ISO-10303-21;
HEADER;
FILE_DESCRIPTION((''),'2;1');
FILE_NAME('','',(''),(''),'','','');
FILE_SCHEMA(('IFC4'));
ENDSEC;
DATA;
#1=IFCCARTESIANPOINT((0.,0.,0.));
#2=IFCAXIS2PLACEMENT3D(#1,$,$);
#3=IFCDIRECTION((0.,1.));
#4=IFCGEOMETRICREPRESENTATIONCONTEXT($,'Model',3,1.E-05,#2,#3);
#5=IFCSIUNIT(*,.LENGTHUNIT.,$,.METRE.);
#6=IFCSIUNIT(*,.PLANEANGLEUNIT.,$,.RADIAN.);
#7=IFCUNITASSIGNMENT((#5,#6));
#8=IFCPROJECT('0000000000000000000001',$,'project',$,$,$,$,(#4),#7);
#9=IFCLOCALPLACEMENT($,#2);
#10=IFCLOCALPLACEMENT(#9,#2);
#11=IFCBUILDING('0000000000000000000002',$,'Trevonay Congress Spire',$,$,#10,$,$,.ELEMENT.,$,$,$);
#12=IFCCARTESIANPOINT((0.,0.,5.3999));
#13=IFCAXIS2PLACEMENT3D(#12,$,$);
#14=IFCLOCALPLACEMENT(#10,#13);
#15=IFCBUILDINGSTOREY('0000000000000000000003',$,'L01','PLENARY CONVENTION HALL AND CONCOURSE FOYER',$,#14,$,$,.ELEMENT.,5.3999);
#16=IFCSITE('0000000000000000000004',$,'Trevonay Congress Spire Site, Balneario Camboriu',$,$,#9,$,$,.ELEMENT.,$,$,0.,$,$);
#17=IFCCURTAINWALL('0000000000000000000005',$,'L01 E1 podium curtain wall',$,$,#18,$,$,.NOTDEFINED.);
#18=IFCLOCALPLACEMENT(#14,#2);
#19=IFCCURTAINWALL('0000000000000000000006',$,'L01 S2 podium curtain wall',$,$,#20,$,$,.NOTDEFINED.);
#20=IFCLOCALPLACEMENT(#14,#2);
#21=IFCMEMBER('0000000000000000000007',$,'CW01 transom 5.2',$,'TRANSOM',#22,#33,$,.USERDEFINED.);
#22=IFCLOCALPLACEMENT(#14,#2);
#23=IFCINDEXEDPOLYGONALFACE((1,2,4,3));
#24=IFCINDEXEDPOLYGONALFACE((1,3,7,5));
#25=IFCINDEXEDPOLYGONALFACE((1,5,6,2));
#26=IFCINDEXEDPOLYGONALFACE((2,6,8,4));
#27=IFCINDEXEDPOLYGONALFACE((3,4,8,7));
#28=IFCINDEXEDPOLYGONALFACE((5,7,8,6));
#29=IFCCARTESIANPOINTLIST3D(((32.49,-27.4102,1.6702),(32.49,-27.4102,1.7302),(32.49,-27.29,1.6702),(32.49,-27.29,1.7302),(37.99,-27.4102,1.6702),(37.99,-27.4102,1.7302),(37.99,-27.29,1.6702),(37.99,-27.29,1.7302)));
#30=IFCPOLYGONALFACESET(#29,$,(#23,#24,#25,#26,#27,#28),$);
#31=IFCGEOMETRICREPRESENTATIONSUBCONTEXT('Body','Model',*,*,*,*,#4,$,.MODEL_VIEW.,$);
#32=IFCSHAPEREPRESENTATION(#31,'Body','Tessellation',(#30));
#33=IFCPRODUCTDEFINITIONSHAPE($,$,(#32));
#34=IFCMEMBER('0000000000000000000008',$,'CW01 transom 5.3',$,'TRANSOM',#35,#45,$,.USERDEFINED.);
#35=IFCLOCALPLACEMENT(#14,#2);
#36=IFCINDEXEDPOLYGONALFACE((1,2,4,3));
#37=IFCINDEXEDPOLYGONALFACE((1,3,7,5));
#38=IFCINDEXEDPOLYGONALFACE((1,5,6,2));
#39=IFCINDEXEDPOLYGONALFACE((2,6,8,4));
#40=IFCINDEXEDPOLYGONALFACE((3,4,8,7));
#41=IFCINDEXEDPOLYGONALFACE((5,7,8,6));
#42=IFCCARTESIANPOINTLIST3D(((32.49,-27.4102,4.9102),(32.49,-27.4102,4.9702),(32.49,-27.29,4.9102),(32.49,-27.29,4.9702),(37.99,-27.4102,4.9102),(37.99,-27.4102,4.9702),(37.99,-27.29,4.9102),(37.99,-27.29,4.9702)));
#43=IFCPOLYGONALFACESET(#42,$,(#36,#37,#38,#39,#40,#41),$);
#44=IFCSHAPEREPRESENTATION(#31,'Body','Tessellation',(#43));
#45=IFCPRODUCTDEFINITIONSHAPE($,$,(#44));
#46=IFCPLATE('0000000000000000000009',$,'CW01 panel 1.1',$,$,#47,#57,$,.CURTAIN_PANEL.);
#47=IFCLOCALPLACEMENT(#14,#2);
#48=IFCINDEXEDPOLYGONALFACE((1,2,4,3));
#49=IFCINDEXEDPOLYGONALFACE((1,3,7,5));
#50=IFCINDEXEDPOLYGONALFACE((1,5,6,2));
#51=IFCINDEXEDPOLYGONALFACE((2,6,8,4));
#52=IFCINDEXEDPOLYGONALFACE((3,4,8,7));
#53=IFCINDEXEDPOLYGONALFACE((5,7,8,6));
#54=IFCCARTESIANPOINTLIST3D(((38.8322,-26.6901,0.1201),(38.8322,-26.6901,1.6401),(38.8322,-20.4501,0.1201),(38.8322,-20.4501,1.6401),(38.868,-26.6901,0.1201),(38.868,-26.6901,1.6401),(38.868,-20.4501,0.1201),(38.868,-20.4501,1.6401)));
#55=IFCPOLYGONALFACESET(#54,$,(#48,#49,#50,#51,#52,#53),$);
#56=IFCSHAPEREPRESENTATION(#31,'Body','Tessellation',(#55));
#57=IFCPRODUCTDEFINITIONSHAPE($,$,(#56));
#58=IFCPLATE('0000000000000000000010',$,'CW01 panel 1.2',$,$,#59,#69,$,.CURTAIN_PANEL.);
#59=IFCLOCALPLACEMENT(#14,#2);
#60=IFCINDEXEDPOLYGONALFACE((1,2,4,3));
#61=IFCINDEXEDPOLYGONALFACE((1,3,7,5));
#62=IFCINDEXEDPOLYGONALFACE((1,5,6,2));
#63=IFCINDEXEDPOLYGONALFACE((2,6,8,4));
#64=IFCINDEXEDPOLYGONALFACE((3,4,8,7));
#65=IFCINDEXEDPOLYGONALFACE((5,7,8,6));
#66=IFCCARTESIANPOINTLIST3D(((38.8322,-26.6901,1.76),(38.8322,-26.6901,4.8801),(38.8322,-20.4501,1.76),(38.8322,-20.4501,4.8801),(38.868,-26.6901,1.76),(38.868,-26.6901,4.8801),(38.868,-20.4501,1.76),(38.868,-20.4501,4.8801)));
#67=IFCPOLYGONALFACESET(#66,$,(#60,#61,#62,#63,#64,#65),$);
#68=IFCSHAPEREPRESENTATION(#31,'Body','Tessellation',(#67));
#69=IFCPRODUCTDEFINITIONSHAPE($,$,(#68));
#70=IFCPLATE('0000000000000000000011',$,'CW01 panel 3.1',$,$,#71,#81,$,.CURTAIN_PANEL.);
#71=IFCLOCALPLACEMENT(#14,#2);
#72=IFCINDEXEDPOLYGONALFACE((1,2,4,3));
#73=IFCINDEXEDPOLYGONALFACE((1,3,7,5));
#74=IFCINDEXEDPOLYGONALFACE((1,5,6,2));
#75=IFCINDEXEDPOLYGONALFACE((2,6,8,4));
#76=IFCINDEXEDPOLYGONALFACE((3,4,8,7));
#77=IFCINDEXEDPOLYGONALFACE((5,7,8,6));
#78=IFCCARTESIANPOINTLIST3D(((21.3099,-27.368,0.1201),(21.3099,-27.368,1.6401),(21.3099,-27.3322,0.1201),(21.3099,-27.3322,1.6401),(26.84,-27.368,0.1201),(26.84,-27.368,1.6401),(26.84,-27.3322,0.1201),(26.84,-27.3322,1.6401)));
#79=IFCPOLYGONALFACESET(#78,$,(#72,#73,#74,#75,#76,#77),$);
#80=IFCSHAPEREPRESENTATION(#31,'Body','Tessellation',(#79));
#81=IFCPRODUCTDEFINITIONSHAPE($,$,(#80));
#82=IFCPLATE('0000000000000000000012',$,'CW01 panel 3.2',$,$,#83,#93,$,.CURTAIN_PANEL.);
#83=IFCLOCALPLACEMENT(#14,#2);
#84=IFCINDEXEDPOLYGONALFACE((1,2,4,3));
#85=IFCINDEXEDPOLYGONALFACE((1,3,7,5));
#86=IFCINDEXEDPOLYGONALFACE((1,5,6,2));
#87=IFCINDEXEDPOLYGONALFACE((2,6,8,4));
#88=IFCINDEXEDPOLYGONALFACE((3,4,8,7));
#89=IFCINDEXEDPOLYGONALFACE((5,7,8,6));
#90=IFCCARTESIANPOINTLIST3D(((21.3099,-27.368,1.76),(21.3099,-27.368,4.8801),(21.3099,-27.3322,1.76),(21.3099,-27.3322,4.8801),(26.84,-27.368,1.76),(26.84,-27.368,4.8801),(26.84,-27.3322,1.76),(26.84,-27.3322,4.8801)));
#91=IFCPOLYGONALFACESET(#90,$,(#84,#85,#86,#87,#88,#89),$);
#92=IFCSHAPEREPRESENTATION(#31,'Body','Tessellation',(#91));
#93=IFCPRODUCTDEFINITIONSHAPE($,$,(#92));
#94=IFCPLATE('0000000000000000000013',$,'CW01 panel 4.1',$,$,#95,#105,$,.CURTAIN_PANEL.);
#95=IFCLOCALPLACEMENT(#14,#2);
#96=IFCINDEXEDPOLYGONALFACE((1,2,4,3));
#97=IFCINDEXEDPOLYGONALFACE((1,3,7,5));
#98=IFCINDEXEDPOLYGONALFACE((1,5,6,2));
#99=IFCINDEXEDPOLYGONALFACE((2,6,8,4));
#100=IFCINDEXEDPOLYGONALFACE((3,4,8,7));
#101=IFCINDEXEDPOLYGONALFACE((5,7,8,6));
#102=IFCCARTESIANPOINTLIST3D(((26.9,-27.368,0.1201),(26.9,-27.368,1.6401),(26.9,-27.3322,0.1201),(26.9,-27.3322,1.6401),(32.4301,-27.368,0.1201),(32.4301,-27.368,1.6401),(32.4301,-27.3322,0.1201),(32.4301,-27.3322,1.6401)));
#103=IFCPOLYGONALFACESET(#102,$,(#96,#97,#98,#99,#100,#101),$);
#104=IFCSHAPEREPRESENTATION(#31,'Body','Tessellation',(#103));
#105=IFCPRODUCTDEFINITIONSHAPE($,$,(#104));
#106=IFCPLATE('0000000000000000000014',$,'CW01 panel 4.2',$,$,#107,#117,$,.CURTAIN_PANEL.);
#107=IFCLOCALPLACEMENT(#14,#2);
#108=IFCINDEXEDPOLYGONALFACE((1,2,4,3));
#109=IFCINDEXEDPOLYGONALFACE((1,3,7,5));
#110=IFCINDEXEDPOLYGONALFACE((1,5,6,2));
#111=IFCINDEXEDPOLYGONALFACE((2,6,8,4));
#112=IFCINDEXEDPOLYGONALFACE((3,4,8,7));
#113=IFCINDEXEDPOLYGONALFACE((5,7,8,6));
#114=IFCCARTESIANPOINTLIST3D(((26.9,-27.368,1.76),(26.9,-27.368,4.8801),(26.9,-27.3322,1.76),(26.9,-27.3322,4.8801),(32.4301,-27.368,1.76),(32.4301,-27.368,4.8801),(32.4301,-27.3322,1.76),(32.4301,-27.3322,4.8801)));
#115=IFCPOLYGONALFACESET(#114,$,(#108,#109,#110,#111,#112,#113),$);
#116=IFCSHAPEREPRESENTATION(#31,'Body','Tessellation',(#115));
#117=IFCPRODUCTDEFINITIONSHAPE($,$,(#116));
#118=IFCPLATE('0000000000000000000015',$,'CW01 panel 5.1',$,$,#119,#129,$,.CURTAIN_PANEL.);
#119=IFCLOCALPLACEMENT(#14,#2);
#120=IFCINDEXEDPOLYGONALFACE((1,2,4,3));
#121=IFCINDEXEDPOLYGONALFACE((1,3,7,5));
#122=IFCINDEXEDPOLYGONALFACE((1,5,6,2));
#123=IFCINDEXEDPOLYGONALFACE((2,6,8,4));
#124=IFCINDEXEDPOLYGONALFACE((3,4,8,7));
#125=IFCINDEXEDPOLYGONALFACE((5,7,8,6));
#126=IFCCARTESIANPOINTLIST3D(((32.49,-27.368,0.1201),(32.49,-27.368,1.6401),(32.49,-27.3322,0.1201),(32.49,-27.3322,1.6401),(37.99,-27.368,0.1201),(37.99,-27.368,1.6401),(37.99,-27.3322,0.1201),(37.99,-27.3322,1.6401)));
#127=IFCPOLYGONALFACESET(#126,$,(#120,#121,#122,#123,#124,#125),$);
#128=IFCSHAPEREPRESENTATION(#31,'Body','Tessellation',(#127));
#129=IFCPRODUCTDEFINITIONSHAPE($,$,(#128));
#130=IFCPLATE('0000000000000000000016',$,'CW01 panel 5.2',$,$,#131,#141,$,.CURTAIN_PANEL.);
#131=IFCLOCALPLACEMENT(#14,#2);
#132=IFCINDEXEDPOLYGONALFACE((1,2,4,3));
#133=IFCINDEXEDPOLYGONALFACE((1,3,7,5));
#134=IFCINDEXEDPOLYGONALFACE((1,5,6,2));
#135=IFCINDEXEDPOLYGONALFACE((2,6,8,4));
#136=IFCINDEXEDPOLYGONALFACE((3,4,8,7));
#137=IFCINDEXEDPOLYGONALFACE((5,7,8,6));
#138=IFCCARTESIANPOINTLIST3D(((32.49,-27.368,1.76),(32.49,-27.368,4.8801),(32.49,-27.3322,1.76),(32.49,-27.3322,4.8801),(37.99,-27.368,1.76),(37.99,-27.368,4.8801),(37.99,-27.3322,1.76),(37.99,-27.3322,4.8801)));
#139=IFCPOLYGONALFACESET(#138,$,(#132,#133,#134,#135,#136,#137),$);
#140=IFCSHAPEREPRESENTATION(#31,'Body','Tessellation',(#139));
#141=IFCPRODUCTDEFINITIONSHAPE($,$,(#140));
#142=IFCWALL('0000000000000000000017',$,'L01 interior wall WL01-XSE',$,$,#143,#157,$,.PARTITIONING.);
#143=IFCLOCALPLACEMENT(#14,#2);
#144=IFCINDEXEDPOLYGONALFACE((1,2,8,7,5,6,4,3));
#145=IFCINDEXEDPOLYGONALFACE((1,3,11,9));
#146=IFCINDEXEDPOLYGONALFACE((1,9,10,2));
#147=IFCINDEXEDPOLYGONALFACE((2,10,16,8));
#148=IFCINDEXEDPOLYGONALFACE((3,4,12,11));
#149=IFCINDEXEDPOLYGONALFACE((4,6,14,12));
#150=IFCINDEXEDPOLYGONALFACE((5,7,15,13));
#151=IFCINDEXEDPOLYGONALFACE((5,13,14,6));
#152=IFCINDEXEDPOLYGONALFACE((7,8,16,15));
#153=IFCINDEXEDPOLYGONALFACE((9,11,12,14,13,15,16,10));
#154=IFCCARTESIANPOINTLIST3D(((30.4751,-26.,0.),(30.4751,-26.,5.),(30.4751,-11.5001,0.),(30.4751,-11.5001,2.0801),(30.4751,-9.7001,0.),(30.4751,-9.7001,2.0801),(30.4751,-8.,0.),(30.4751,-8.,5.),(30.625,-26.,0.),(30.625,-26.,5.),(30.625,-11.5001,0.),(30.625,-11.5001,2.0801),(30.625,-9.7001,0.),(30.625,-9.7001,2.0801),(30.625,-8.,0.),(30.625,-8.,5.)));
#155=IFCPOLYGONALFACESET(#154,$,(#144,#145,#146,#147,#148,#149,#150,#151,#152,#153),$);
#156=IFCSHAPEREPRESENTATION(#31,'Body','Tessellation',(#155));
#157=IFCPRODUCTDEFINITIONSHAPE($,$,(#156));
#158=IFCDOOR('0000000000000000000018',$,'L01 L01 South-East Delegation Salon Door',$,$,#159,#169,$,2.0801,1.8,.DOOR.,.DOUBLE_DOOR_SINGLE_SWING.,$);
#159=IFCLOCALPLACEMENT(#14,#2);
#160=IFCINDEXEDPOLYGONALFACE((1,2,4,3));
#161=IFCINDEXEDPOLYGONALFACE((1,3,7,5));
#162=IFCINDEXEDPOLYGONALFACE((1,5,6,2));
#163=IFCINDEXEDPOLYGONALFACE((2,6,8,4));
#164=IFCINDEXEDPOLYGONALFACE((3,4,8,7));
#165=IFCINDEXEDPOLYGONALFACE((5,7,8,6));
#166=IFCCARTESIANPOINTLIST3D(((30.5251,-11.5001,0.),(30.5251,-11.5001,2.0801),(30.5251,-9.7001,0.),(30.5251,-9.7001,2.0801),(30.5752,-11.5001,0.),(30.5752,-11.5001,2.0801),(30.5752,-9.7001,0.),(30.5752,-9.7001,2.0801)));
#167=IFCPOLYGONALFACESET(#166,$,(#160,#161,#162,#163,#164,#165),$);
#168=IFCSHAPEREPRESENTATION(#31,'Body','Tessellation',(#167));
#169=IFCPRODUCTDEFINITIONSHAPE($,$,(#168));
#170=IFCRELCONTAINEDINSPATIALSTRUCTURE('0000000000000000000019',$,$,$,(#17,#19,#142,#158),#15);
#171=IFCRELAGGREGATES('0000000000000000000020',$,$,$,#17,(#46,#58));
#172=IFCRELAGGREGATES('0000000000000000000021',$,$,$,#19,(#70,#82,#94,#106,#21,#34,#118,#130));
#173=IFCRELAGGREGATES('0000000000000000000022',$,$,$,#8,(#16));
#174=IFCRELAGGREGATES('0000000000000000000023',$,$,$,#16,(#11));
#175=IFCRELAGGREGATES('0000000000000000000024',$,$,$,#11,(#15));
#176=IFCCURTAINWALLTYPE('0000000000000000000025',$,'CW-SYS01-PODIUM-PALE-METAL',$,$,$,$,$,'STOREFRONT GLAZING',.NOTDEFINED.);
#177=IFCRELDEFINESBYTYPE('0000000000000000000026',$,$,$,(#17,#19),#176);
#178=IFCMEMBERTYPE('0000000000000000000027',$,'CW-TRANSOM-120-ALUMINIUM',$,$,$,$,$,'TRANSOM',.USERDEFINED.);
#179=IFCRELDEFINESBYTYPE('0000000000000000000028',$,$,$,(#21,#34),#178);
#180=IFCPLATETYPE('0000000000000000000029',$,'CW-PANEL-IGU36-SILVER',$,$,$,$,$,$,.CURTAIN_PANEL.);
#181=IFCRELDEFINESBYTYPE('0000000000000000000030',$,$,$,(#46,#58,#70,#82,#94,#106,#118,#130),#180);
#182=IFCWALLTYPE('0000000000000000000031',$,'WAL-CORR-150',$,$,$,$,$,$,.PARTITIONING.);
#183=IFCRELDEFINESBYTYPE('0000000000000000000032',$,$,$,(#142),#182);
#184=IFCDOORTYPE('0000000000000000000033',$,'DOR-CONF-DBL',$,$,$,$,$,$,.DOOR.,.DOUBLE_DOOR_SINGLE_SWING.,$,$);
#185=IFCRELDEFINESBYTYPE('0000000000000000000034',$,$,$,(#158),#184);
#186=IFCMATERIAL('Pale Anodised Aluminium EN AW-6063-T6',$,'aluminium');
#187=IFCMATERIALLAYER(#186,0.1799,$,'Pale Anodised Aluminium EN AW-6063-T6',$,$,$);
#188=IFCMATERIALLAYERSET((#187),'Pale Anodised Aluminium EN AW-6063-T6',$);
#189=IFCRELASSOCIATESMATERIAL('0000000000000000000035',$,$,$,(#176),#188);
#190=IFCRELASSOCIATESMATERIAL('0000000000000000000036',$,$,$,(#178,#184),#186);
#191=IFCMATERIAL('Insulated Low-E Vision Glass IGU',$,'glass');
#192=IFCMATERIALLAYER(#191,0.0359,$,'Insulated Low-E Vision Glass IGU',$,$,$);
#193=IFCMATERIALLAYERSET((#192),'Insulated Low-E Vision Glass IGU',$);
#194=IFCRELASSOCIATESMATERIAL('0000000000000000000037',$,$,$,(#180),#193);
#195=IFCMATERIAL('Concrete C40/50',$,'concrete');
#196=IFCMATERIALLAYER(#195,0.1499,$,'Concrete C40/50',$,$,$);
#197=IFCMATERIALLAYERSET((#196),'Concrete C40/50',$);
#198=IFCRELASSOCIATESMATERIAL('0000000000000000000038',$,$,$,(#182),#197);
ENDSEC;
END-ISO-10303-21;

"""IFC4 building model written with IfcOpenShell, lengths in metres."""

from ifc_helpers import new_model, si_unit, direction, frame, frame_2d, origin, origin_2d, place, context, subcontext, project, spatial, rectangle, extrude, material, layer, layer_set, material_profile, profile_set, type_object, element, fill, aggregate, save


model = new_model("IFC4")

# Units and contexts
model_context = context("Model", 3, precision=1e-05, world=origin(), true_north=direction((0.0, 1.0)))
body_context = subcontext(model_context, "Body", "Model", "MODEL_VIEW")
ifc_project = project(units=[si_unit("LENGTHUNIT", "METRE"), si_unit("PLANEANGLEUNIT", "RADIAN")], contexts=[model_context])

# Site, building, storey
site_placement = place(None, origin())
site = spatial("IfcSite", under=ifc_project, at=site_placement, Name="Trevonay Congress Spire Site, Balneario Camboriu", CompositionType="ELEMENT", RefElevation=0.0)
building_placement = place(site_placement, origin())
building = spatial("IfcBuilding", under=site, at=building_placement, Name="Trevonay Congress Spire", CompositionType="ELEMENT")
storey_placement = place(building_placement, frame((0.0, 0.0, 5.3999)))
storey = spatial("IfcBuildingStorey", under=building, at=storey_placement, Name="L01", Description="PLENARY CONVENTION HALL AND CONCOURSE FOYER", CompositionType="ELEMENT", Elevation=5.3999)

# Curtain walls
ifc_material_1 = material(Name="Pale Anodised Aluminium EN AW-6063-T6", Category="aluminium")
ifc_layer_1 = layer(ifc_material_1, 0.1799, Name="Pale Anodised Aluminium EN AW-6063-T6")
ifc_layer_set_1 = layer_set([ifc_layer_1], Name="Pale Anodised Aluminium EN AW-6063-T6")
curtain_wall_type = type_object("IfcCurtainWallType", Name="CW-SYS01-PODIUM-PALE-METAL", ElementType="STOREFRONT GLAZING", PredefinedType="NOTDEFINED", material=ifc_layer_set_1)
curtain_wall_1_placement = place(storey_placement, origin())
curtain_wall_1 = element("IfcCurtainWall", 1, at=curtain_wall_1_placement, inside=storey, type_object=curtain_wall_type, Name="L01 E1 podium curtain wall", PredefinedType="NOTDEFINED")
curtain_wall_2_placement = place(storey_placement, origin())
curtain_wall_2 = element("IfcCurtainWall", 2, at=curtain_wall_2_placement, inside=storey, type_object=curtain_wall_type, Name="L01 S2 podium curtain wall", PredefinedType="NOTDEFINED")

# Members
ifc_material_profile_1 = material_profile(ifc_material_1, rectangle(XDim=0.1201, YDim=0.0601, at=origin_2d()), Name="CW-TRANSOM-120-ALUMINIUM")
ifc_profile_set_1 = profile_set([ifc_material_profile_1], Name="Pale Anodised Aluminium EN AW-6063-T6")
member_type_1 = type_object("IfcMemberType", Name="CW-TRANSOM-120-ALUMINIUM", ElementType="TRANSOM", PredefinedType="USERDEFINED", material=ifc_profile_set_1)
member_1_placement = place(storey_placement, frame((32.49, -27.3501, 1.7002), z_axis=(1.0, 0.0, 0.0), x_axis=(0.0, 1.0, 0.0)))
member_1 = element("IfcMember", 3, at=member_1_placement, type_object=member_type_1, Name="CW01 transom 5.2", ObjectType="TRANSOM", PredefinedType="USERDEFINED", context=body_context, shape_type="SweptSolid", body=[
    extrude(rectangle(XDim=0.1201, YDim=0.0601, at=origin_2d()), origin(), (0.0, 0.0, 1.0), 5.5),
])
member_2_placement = place(storey_placement, frame((32.49, -27.3501, 4.9402), z_axis=(1.0, 0.0, 0.0), x_axis=(0.0, 1.0, 0.0)))
member_2 = element("IfcMember", 4, at=member_2_placement, type_object=member_type_1, Name="CW01 transom 5.3", ObjectType="TRANSOM", PredefinedType="USERDEFINED", context=body_context, shape_type="SweptSolid", body=[
    extrude(rectangle(XDim=0.1201, YDim=0.0601, at=origin_2d()), origin(), (0.0, 0.0, 1.0), 5.5),
])

# Plates
ifc_material_2 = material(Name="Insulated Low-E Vision Glass IGU", Category="glass")
ifc_layer_2 = layer(ifc_material_2, 0.0359, Name="Insulated Low-E Vision Glass IGU")
ifc_layer_set_2 = layer_set([ifc_layer_2], Name="Insulated Low-E Vision Glass IGU")
plate_type = type_object("IfcPlateType", Name="CW-PANEL-IGU36-SILVER", PredefinedType="CURTAIN_PANEL", material=ifc_layer_set_2)
plate_1_placement = place(storey_placement, frame((38.8501, -23.5701, 0.1201), z_axis=(0.0, 0.0, 1.0), x_axis=(0.0, 1.0, 0.0)))
plate_1 = element("IfcPlate", 5, at=plate_1_placement, type_object=plate_type, Name="CW01 panel 1.1", PredefinedType="CURTAIN_PANEL", context=body_context, shape_type="SweptSolid", body=[
    extrude(rectangle(XDim=6.24, YDim=0.0359, at=origin_2d()), origin(), (0.0, 0.0, 1.0), 1.52),
])
plate_2_placement = place(storey_placement, frame((38.8501, -23.5701, 1.76), z_axis=(0.0, 0.0, 1.0), x_axis=(0.0, 1.0, 0.0)))
plate_2 = element("IfcPlate", 6, at=plate_2_placement, type_object=plate_type, Name="CW01 panel 1.2", PredefinedType="CURTAIN_PANEL", context=body_context, shape_type="SweptSolid", body=[
    extrude(rectangle(XDim=6.24, YDim=0.0359, at=origin_2d()), origin(), (0.0, 0.0, 1.0), 3.1201),
])
aggregate(curtain_wall_1, [plate_1, plate_2])
plate_3_placement = place(storey_placement, frame((24.075, -27.3501, 0.1201), z_axis=(0.0, 0.0, 1.0), x_axis=(1.0, 0.0, 0.0)))
plate_3 = element("IfcPlate", 7, at=plate_3_placement, type_object=plate_type, Name="CW01 panel 3.1", PredefinedType="CURTAIN_PANEL", context=body_context, shape_type="SweptSolid", body=[
    extrude(rectangle(XDim=5.53, YDim=0.0359, at=origin_2d()), origin(), (0.0, 0.0, 1.0), 1.52),
])
plate_4_placement = place(storey_placement, frame((24.075, -27.3501, 1.76), z_axis=(0.0, 0.0, 1.0), x_axis=(1.0, 0.0, 0.0)))
plate_4 = element("IfcPlate", 8, at=plate_4_placement, type_object=plate_type, Name="CW01 panel 3.2", PredefinedType="CURTAIN_PANEL", context=body_context, shape_type="SweptSolid", body=[
    extrude(rectangle(XDim=5.53, YDim=0.0359, at=origin_2d()), origin(), (0.0, 0.0, 1.0), 3.1201),
])
plate_5_placement = place(storey_placement, frame((29.665, -27.3501, 0.1201), z_axis=(0.0, 0.0, 1.0), x_axis=(1.0, 0.0, 0.0)))
plate_5 = element("IfcPlate", 9, at=plate_5_placement, type_object=plate_type, Name="CW01 panel 4.1", PredefinedType="CURTAIN_PANEL", context=body_context, shape_type="SweptSolid", body=[
    extrude(rectangle(XDim=5.53, YDim=0.0359, at=origin_2d()), origin(), (0.0, 0.0, 1.0), 1.52),
])
plate_6_placement = place(storey_placement, frame((29.665, -27.3501, 1.76), z_axis=(0.0, 0.0, 1.0), x_axis=(1.0, 0.0, 0.0)))
plate_6 = element("IfcPlate", 10, at=plate_6_placement, type_object=plate_type, Name="CW01 panel 4.2", PredefinedType="CURTAIN_PANEL", context=body_context, shape_type="SweptSolid", body=[
    extrude(rectangle(XDim=5.53, YDim=0.0359, at=origin_2d()), origin(), (0.0, 0.0, 1.0), 3.1201),
])
plate_7_placement = place(storey_placement, frame((35.24, -27.3501, 0.1201), z_axis=(0.0, 0.0, 1.0), x_axis=(1.0, 0.0, 0.0)))
plate_7 = element("IfcPlate", 11, at=plate_7_placement, type_object=plate_type, Name="CW01 panel 5.1", PredefinedType="CURTAIN_PANEL", context=body_context, shape_type="SweptSolid", body=[
    extrude(rectangle(XDim=5.5, YDim=0.0359, at=origin_2d()), origin(), (0.0, 0.0, 1.0), 1.52),
])
plate_8_placement = place(storey_placement, frame((35.24, -27.3501, 1.76), z_axis=(0.0, 0.0, 1.0), x_axis=(1.0, 0.0, 0.0)))
plate_8 = element("IfcPlate", 12, at=plate_8_placement, type_object=plate_type, Name="CW01 panel 5.2", PredefinedType="CURTAIN_PANEL", context=body_context, shape_type="SweptSolid", body=[
    extrude(rectangle(XDim=5.5, YDim=0.0359, at=origin_2d()), origin(), (0.0, 0.0, 1.0), 3.1201),
])
aggregate(curtain_wall_2, [plate_3, plate_4, plate_5, plate_6, member_1, member_2, plate_7, plate_8])

# Wall, opening, door
ifc_material_3 = material(Name="Concrete C40/50", Category="concrete")
ifc_layer_3 = layer(ifc_material_3, 0.1499, Name="Concrete C40/50")
ifc_layer_set_3 = layer_set([ifc_layer_3], Name="Concrete C40/50")
wall_type_1 = type_object("IfcWallType", Name="WAL-CORR-150", PredefinedType="PARTITIONING", material=ifc_layer_set_3)
wall_1_placement = place(storey_placement, frame((30.55, -26.0, 0.0), z_axis=(0.0, 0.0, 1.0), x_axis=(0.0, 1.0, 0.0)))
wall_1 = element("IfcWall", 13, at=wall_1_placement, inside=storey, type_object=wall_type_1, Name="L01 interior wall WL01-XSE", PredefinedType="PARTITIONING", context=body_context, shape_type="SweptSolid", body=[
    extrude(rectangle(XDim=18.0, YDim=0.1499, at=frame_2d((9.0, 0.0))), origin(), (0.0, 0.0, 1.0), 5.0),
])
opening_1_placement = place(wall_1_placement, frame((14.5, 0.0, 0.0)))
opening_1 = element("IfcOpeningElement", 14, at=opening_1_placement, cuts=wall_1, PredefinedType="OPENING", context=body_context, shape_type="SweptSolid", body=[
    extrude(rectangle(XDim=1.8, YDim=2.0801, at=frame_2d((0.8999, 1.04))), frame((0.0, 0.085, 0.0), z_axis=(0.0, -1.0, 0.0), x_axis=(1.0, 0.0, 0.0)), (0.0, 0.0, 1.0), 0.1699),
])
door_type_1 = type_object("IfcDoorType", Name="DOR-CONF-DBL", OperationType="DOUBLE_DOOR_SINGLE_SWING", PredefinedType="DOOR", material=ifc_material_1)
door_1_placement = place(opening_1_placement, origin())
door_1 = element("IfcDoor", 15, at=door_1_placement, inside=storey, type_object=door_type_1, Name="L01 L01 South-East Delegation Salon Door", OperationType="DOUBLE_DOOR_SINGLE_SWING", OverallHeight=2.0801, OverallWidth=1.8, PredefinedType="DOOR", context=body_context, shape_type="SweptSolid", body=[
    extrude(rectangle(XDim=1.8, YDim=2.0801, at=frame_2d((0.8999, 1.04))), frame((0.0, 0.0249, 0.0), z_axis=(0.0, -1.0, 0.0), x_axis=(1.0, 0.0, 0.0)), (0.0, 0.0, 1.0), 0.05),
])
fill(opening_1, door_1)

save(model, "model.ifc")
